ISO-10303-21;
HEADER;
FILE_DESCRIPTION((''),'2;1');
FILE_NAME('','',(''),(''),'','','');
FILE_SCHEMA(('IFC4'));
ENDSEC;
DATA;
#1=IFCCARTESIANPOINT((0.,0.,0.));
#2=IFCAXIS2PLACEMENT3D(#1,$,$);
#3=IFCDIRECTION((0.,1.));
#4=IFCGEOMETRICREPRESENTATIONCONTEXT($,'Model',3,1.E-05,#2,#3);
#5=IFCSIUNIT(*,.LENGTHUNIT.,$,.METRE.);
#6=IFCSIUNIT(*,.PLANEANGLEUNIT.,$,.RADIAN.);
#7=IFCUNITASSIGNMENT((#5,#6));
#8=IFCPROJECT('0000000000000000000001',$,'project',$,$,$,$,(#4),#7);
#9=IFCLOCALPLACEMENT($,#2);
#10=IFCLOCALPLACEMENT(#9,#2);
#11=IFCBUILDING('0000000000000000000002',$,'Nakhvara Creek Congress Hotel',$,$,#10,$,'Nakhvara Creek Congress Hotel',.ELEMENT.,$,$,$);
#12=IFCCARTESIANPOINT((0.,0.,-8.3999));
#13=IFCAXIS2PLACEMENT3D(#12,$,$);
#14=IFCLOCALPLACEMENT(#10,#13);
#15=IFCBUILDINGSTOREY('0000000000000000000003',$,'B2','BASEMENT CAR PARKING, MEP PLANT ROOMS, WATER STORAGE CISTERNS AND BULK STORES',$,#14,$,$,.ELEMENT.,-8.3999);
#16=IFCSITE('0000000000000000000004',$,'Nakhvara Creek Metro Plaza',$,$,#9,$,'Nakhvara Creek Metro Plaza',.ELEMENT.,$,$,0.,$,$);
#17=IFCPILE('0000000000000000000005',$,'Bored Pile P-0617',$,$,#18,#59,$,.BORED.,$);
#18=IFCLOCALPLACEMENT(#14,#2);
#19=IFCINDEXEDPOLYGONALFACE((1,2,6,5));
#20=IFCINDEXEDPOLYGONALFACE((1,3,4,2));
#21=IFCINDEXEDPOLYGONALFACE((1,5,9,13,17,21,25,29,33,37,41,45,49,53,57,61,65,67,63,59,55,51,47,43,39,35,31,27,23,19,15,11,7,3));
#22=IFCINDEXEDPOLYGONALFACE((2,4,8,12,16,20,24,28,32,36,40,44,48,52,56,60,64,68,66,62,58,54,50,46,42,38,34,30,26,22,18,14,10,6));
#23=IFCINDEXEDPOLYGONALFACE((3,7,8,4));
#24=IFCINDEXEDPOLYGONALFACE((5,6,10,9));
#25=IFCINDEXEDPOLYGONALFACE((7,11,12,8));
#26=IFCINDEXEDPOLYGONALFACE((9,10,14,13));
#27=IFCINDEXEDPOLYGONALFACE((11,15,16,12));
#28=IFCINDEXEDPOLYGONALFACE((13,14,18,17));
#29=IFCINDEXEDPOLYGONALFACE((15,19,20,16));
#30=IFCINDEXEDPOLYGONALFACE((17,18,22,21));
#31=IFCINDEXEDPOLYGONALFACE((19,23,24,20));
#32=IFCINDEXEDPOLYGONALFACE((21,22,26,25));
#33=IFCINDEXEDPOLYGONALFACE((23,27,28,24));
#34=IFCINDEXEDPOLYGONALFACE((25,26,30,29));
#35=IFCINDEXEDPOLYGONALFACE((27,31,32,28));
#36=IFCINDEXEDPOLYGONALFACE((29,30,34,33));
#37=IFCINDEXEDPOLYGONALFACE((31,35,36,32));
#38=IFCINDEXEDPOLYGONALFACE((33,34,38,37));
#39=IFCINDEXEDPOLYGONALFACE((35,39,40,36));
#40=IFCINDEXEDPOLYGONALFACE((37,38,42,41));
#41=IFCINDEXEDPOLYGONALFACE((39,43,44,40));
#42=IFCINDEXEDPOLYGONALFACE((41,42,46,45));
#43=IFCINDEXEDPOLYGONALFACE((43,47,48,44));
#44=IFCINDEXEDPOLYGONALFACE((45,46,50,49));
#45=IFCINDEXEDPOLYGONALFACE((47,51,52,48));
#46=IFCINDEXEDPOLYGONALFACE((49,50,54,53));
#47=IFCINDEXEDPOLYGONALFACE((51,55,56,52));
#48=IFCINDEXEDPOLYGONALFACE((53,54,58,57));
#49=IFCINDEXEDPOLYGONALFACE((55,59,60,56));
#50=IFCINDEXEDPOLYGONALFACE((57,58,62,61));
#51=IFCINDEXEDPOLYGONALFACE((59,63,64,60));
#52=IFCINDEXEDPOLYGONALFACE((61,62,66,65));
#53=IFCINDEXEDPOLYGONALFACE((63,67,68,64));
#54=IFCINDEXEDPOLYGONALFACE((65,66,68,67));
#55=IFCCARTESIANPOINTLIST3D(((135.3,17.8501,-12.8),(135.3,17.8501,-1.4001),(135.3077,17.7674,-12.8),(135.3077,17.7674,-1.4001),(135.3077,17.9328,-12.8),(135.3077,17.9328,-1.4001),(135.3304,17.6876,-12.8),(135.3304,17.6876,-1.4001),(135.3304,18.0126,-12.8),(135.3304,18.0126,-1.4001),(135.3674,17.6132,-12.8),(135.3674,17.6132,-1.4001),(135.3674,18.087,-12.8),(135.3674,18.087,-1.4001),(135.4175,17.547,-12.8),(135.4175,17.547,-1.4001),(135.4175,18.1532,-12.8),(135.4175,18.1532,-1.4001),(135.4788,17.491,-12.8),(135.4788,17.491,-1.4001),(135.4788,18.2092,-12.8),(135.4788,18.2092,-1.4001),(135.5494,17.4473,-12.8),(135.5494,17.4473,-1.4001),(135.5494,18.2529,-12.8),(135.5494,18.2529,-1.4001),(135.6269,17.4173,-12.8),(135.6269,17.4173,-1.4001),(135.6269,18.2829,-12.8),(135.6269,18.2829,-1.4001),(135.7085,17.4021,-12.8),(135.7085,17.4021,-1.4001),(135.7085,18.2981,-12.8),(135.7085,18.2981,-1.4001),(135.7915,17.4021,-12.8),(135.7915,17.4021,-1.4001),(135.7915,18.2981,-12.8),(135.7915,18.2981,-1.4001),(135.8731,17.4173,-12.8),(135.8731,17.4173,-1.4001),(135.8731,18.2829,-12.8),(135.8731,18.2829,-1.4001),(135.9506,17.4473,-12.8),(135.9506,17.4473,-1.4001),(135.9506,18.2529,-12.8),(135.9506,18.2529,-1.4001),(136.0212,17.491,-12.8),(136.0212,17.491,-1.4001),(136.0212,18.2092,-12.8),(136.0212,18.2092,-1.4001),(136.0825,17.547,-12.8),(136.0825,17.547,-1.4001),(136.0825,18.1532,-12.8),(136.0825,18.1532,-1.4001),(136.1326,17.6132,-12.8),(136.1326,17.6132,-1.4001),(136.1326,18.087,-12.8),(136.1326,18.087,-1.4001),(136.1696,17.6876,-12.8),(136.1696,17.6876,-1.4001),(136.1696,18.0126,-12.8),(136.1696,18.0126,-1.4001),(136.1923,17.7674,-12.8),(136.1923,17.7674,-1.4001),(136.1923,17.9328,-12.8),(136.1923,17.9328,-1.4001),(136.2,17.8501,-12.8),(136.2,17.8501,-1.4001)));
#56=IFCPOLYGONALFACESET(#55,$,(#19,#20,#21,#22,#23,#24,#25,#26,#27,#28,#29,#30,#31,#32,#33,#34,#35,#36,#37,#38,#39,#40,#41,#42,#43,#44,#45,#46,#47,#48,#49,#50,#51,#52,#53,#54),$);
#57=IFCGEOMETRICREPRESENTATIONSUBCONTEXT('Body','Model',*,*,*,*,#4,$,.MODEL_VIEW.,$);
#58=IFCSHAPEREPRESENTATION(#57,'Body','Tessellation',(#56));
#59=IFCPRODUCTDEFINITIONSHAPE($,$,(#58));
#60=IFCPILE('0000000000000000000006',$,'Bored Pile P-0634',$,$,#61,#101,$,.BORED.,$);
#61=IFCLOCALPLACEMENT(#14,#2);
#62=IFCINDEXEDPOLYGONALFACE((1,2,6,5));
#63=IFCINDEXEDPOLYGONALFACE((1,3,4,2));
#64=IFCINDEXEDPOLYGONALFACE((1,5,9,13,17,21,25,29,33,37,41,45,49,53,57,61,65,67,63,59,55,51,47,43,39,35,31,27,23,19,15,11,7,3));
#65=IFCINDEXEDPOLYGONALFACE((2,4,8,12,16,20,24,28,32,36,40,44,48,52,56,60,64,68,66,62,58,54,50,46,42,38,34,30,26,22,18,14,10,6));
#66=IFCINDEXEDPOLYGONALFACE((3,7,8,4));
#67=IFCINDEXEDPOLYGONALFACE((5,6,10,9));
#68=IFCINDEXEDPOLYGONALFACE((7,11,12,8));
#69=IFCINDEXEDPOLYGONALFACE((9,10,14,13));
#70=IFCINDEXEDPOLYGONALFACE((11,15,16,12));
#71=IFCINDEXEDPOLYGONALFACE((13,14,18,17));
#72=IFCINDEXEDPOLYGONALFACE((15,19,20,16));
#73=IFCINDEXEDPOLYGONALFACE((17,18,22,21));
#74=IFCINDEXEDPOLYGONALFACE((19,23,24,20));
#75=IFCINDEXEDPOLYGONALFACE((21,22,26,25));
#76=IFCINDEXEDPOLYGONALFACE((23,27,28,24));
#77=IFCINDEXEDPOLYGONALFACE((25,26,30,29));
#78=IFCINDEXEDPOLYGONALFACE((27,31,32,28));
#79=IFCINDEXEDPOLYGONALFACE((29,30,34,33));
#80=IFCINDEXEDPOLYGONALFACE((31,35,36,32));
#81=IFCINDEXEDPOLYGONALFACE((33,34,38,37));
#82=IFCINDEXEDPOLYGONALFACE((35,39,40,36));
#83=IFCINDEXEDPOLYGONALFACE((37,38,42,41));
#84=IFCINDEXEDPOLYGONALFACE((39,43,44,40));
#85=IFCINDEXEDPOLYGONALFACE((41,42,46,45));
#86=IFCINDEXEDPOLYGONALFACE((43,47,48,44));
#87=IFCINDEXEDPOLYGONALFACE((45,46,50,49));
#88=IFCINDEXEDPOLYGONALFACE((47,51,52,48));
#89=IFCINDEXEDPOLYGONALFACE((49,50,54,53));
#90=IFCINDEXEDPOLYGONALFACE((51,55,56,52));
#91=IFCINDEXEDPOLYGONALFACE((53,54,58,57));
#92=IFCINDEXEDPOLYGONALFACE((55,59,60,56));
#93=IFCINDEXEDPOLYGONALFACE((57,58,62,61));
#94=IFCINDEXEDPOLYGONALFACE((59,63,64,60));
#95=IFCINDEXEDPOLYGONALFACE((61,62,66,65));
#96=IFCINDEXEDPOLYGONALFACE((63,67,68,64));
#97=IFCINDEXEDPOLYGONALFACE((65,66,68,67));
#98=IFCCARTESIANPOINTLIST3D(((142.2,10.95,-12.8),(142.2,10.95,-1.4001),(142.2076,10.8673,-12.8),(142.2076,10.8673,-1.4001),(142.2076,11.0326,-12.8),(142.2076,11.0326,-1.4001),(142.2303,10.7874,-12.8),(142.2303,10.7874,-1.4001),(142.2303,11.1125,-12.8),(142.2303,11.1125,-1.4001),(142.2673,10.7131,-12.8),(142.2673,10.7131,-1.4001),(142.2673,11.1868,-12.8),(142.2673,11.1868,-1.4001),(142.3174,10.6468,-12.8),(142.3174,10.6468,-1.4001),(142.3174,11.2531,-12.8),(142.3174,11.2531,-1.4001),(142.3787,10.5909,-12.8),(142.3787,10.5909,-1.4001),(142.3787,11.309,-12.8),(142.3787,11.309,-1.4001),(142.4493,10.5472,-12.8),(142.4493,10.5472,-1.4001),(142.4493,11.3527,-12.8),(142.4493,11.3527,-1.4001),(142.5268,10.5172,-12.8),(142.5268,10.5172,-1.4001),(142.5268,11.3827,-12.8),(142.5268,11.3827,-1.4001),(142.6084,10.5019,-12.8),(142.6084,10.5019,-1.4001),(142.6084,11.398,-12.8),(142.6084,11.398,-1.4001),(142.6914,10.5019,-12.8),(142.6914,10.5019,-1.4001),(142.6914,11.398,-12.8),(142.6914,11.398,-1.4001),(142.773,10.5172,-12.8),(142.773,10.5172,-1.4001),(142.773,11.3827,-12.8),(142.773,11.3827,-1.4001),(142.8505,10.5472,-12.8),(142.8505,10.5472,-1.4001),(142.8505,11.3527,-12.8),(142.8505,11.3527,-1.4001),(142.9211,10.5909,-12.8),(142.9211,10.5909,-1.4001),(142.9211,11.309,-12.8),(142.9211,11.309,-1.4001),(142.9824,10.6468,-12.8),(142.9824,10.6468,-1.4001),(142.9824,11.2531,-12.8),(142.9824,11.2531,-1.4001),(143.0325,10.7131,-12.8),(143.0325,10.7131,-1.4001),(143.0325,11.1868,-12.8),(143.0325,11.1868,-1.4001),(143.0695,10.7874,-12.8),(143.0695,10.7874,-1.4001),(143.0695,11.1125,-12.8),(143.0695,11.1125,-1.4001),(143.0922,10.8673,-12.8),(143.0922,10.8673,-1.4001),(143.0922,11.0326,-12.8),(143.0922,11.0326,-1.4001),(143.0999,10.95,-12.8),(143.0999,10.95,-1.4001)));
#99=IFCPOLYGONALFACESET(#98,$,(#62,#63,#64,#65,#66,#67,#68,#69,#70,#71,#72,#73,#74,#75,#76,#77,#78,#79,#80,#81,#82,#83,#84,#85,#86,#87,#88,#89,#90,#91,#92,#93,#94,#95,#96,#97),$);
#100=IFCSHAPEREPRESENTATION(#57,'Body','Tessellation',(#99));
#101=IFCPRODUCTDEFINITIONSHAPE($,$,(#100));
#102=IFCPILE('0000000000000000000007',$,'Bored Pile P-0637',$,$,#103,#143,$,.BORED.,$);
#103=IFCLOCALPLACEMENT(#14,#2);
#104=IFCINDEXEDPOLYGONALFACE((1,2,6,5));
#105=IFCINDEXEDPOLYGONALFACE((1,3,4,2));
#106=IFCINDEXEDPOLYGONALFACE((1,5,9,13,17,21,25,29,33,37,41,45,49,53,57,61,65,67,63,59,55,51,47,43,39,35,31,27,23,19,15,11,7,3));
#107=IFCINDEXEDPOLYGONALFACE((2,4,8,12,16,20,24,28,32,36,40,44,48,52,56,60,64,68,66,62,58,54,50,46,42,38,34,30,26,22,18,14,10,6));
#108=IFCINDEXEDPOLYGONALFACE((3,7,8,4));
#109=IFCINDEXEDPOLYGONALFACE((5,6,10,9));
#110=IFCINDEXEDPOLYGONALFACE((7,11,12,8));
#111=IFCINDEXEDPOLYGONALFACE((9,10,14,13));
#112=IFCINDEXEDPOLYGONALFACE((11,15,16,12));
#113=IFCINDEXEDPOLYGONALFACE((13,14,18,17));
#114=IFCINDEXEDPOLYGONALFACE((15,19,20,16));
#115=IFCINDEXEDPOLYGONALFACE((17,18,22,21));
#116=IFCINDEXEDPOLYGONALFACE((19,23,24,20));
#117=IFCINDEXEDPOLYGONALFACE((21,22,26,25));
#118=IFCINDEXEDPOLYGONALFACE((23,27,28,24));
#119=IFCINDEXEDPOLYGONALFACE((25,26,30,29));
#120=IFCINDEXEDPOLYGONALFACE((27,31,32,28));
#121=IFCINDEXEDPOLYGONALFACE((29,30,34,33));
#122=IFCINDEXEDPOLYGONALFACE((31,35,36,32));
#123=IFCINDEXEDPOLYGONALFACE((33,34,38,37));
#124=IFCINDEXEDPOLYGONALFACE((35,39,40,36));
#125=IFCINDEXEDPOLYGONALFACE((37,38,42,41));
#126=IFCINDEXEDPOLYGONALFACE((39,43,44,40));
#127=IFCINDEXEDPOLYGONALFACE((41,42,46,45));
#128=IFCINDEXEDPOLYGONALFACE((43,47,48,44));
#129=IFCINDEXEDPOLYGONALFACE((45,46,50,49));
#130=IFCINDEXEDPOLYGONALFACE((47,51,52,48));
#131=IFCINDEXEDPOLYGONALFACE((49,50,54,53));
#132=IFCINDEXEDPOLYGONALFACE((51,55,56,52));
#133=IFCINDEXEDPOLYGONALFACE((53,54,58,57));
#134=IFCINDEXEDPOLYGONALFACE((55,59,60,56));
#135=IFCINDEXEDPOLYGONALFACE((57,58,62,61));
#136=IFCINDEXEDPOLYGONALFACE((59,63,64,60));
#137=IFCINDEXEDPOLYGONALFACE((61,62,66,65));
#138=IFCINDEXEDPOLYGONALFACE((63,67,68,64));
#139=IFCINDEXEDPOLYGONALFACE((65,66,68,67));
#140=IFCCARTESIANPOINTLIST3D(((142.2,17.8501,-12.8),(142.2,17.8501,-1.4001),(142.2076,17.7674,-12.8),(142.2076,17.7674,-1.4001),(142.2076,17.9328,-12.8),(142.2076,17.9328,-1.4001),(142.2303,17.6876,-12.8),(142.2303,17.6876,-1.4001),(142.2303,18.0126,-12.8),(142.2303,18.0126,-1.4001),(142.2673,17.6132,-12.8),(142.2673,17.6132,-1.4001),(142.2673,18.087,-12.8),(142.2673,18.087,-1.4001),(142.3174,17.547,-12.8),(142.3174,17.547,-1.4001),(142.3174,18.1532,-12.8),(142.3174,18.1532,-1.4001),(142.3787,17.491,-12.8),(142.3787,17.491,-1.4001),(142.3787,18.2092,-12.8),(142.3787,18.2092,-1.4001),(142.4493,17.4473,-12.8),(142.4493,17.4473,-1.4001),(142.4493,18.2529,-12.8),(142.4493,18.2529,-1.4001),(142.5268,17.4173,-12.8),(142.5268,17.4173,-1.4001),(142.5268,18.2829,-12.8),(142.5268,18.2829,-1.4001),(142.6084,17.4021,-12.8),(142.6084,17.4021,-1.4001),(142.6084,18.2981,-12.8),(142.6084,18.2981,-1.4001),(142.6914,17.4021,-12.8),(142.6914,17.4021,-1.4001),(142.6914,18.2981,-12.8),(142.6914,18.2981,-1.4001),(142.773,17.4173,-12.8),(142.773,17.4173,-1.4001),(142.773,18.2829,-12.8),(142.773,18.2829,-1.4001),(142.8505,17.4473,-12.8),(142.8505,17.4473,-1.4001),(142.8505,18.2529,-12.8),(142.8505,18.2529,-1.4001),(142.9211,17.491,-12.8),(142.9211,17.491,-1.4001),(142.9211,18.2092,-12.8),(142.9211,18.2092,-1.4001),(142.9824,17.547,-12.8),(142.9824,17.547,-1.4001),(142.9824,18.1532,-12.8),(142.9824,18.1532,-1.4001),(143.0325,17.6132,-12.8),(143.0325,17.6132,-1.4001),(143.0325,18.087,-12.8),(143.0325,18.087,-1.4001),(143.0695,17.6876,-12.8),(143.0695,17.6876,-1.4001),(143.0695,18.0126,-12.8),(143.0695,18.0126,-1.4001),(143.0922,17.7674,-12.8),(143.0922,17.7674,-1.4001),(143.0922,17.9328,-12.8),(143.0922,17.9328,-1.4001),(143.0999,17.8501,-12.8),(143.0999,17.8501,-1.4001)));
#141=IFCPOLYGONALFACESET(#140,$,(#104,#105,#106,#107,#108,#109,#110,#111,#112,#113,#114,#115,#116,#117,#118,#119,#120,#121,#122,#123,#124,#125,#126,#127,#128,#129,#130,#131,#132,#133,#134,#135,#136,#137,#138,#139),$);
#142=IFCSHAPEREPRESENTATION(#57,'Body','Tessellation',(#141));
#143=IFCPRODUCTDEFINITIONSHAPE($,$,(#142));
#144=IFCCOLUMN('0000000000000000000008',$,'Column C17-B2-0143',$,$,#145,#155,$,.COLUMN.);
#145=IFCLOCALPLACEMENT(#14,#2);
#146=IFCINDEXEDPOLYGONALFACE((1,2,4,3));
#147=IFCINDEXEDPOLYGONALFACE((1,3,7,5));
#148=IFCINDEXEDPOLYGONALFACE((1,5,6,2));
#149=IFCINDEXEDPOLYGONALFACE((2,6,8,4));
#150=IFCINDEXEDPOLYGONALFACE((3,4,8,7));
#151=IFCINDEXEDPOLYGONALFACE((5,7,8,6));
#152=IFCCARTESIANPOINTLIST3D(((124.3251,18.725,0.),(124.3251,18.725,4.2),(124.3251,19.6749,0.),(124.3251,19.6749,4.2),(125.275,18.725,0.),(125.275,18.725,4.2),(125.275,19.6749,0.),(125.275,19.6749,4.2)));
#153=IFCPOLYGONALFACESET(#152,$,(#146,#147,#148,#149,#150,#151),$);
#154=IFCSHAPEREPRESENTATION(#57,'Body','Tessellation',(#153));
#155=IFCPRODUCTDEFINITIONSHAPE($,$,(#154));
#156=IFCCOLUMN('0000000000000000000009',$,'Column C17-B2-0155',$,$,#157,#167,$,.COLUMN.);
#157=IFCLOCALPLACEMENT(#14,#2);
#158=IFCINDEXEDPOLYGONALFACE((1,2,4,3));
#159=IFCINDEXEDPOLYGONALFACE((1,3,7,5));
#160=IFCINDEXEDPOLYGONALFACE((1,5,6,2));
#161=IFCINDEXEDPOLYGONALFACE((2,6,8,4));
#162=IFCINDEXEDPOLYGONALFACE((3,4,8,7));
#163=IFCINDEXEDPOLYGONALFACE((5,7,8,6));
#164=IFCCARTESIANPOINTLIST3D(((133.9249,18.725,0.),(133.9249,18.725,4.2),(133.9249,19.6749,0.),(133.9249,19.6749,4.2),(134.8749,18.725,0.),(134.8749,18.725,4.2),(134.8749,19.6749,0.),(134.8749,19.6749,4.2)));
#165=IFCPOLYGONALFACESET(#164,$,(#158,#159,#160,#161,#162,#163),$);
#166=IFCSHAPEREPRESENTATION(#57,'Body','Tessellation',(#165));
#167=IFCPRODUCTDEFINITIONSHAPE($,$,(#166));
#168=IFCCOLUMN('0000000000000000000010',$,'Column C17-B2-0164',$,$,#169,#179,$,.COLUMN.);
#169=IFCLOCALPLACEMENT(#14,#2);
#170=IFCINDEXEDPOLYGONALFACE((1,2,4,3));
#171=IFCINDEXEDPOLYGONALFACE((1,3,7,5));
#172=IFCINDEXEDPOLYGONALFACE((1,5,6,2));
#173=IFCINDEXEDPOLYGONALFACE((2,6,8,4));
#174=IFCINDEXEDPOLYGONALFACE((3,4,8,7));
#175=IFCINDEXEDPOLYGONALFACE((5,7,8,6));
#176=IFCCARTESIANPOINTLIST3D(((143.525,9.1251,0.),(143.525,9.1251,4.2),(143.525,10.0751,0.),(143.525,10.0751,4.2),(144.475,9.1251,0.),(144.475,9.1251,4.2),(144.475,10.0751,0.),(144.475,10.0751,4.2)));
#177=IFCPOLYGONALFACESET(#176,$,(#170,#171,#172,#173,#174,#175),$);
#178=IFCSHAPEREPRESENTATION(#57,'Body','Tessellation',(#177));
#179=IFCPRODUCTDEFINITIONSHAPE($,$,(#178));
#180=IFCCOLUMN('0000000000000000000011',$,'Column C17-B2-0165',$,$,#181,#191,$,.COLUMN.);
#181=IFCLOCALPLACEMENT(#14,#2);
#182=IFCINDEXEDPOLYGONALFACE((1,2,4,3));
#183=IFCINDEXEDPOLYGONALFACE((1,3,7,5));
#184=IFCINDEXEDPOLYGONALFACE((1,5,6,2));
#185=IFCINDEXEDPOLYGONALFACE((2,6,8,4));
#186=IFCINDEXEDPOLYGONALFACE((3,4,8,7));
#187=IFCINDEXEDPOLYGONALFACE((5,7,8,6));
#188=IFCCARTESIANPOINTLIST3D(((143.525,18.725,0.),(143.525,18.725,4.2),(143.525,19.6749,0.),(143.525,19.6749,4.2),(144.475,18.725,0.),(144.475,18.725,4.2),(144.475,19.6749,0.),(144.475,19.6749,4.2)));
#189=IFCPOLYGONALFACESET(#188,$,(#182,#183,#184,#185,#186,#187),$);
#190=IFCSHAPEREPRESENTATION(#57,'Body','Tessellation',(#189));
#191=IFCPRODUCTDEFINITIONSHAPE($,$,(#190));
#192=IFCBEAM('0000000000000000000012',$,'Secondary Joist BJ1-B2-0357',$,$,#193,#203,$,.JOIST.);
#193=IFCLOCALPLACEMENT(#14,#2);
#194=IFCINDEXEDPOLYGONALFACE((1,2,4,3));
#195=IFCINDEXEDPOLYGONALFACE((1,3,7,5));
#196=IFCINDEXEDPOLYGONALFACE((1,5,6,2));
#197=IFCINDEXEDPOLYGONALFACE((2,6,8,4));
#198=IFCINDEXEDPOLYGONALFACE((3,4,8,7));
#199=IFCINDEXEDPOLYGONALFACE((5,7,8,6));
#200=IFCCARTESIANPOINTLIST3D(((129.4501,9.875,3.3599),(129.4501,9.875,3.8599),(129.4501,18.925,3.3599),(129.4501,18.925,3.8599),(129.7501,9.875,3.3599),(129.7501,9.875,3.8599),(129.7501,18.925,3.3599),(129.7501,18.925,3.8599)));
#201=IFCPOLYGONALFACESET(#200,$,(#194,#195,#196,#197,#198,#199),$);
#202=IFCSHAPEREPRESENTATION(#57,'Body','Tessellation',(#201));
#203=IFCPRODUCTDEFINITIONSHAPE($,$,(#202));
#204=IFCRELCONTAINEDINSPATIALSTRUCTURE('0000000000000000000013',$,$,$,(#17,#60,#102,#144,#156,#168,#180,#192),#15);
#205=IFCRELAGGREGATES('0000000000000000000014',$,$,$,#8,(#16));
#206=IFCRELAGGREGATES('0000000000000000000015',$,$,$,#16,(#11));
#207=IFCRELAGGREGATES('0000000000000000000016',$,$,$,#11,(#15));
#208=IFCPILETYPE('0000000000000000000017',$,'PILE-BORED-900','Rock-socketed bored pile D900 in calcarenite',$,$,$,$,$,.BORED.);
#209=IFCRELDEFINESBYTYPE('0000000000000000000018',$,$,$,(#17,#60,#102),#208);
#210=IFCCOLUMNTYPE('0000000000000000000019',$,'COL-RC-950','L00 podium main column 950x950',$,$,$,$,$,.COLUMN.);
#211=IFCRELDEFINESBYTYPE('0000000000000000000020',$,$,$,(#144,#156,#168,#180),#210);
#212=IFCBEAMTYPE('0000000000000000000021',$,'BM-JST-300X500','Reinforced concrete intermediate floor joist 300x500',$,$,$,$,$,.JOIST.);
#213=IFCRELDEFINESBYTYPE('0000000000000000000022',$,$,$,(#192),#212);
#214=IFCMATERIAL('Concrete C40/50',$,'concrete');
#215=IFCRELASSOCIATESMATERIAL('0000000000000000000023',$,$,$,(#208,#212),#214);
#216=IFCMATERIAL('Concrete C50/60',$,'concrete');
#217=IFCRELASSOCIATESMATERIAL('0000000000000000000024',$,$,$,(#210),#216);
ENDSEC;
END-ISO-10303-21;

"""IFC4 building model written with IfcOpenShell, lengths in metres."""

from ifc_helpers import new_model, si_unit, direction, frame, origin, origin_2d, place, context, subcontext, project, spatial, rectangle, circle, extrude, material, material_profile, profile_set, type_object, element, save


model = new_model("IFC4")

# Units and contexts
model_context = context("Model", 3, precision=1e-05, world=origin(), true_north=direction((0.0, 1.0)))
body_context = subcontext(model_context, "Body", "Model", "MODEL_VIEW")
ifc_project = project(units=[si_unit("LENGTHUNIT", "METRE"), si_unit("PLANEANGLEUNIT", "RADIAN")], contexts=[model_context])

# Site, building, storey
site_placement = place(None, origin())
site = spatial("IfcSite", under=ifc_project, at=site_placement, Name="Nakhvara Creek Metro Plaza", LongName="Nakhvara Creek Metro Plaza", CompositionType="ELEMENT", RefElevation=0.0)
building_placement = place(site_placement, origin())
building = spatial("IfcBuilding", under=site, at=building_placement, Name="Nakhvara Creek Congress Hotel", LongName="Nakhvara Creek Congress Hotel", CompositionType="ELEMENT")
storey_placement = place(building_placement, frame((0.0, 0.0, -8.3999)))
storey = spatial("IfcBuildingStorey", under=building, at=storey_placement, Name="B2", Description="BASEMENT CAR PARKING, MEP PLANT ROOMS, WATER STORAGE CISTERNS AND BULK STORES", CompositionType="ELEMENT", Elevation=-8.3999)

# Shared definitions
ifc_material_1 = material(Name="Concrete C40/50", Category="concrete")

# Piles
ifc_material_profile_1 = material_profile(ifc_material_1, circle(Radius=0.45, at=origin_2d()), Name="BORED PILE D900", Category="LoadBearing")
ifc_profile_set_1 = profile_set([ifc_material_profile_1], Name="Concrete C40/50")
pile_type = type_object("IfcPileType", Name="PILE-BORED-900", Description="Rock-socketed bored pile D900 in calcarenite", PredefinedType="BORED", material=ifc_profile_set_1)
for number, where, z_axis, x_axis, name in (
    (1, (135.75, 17.8501, -1.4001), (0.0, 0.0, -1.0), (1.0, 0.0, 0.0), "Bored Pile P-0617"),
    (2, (142.6499, 10.95, -1.4001), (0.0, 0.0, -1.0), (1.0, 0.0, 0.0), "Bored Pile P-0634"),
    (3, (142.6499, 17.8501, -1.4001), (0.0, 0.0, -1.0), (1.0, 0.0, 0.0), "Bored Pile P-0637"),
):
    element("IfcPile", number, at=place(storey_placement, frame(where, z_axis=z_axis, x_axis=x_axis)), inside=storey, type_object=pile_type, Name=name, PredefinedType="BORED", context=body_context, shape_type="SweptSolid", body=[
        extrude(circle(Radius=0.45, at=origin_2d()), origin(), (0.0, 0.0, 1.0), 11.3999),
    ])

# Columns
ifc_material_2 = material(Name="Concrete C50/60", Category="concrete")
ifc_material_profile_2 = material_profile(ifc_material_2, rectangle(XDim=0.95, YDim=0.95, at=origin_2d()), Name="RC-COL 950x950", Category="LoadBearing")
ifc_profile_set_2 = profile_set([ifc_material_profile_2], Name="Concrete C50/60")
column_type = type_object("IfcColumnType", Name="COL-RC-950", Description="L00 podium main column 950x950", PredefinedType="COLUMN", material=ifc_profile_set_2)
for number, where, z_axis, x_axis, name in (
    (4, (124.8, 19.2, 0.0), (0.0, 0.0, 1.0), (1.0, 0.0, 0.0), "Column C17-B2-0143"),
    (5, (134.3999, 19.2, 0.0), (0.0, 0.0, 1.0), (1.0, 0.0, 0.0), "Column C17-B2-0155"),
    (6, (144.0, 9.6001, 0.0), (0.0, 0.0, 1.0), (1.0, 0.0, 0.0), "Column C17-B2-0164"),
    (7, (144.0, 19.2, 0.0), (0.0, 0.0, 1.0), (1.0, 0.0, 0.0), "Column C17-B2-0165"),
):
    element("IfcColumn", number, at=place(storey_placement, frame(where, z_axis=z_axis, x_axis=x_axis)), inside=storey, type_object=column_type, Name=name, PredefinedType="COLUMN", context=body_context, shape_type="SweptSolid", body=[
        extrude(rectangle(XDim=0.95, YDim=0.95, at=origin_2d()), origin(), (0.0, 0.0, 1.0), 4.2),
    ])

# Beam
ifc_material_profile_3 = material_profile(ifc_material_1, rectangle(XDim=0.3, YDim=0.5, at=origin_2d()), Name="RC-BM 300x500", Category="LoadBearing")
ifc_profile_set_3 = profile_set([ifc_material_profile_3], Name="Concrete C40/50")
beam_type_1 = type_object("IfcBeamType", Name="BM-JST-300X500", Description="Reinforced concrete intermediate floor joist 300x500", PredefinedType="JOIST", material=ifc_profile_set_3)
beam_1_placement = place(storey_placement, frame((129.6001, 9.875, 3.6099), z_axis=(0.0, 1.0, 0.0), x_axis=(-1.0, 0.0, 0.0)))
element("IfcBeam", 8, at=beam_1_placement, inside=storey, type_object=beam_type_1, Name="Secondary Joist BJ1-B2-0357", PredefinedType="JOIST", context=body_context, shape_type="SweptSolid", body=[
    extrude(rectangle(XDim=0.3, YDim=0.5, at=origin_2d()), origin(), (0.0, 0.0, 1.0), 9.05),
])

save(model, "model.ifc")
